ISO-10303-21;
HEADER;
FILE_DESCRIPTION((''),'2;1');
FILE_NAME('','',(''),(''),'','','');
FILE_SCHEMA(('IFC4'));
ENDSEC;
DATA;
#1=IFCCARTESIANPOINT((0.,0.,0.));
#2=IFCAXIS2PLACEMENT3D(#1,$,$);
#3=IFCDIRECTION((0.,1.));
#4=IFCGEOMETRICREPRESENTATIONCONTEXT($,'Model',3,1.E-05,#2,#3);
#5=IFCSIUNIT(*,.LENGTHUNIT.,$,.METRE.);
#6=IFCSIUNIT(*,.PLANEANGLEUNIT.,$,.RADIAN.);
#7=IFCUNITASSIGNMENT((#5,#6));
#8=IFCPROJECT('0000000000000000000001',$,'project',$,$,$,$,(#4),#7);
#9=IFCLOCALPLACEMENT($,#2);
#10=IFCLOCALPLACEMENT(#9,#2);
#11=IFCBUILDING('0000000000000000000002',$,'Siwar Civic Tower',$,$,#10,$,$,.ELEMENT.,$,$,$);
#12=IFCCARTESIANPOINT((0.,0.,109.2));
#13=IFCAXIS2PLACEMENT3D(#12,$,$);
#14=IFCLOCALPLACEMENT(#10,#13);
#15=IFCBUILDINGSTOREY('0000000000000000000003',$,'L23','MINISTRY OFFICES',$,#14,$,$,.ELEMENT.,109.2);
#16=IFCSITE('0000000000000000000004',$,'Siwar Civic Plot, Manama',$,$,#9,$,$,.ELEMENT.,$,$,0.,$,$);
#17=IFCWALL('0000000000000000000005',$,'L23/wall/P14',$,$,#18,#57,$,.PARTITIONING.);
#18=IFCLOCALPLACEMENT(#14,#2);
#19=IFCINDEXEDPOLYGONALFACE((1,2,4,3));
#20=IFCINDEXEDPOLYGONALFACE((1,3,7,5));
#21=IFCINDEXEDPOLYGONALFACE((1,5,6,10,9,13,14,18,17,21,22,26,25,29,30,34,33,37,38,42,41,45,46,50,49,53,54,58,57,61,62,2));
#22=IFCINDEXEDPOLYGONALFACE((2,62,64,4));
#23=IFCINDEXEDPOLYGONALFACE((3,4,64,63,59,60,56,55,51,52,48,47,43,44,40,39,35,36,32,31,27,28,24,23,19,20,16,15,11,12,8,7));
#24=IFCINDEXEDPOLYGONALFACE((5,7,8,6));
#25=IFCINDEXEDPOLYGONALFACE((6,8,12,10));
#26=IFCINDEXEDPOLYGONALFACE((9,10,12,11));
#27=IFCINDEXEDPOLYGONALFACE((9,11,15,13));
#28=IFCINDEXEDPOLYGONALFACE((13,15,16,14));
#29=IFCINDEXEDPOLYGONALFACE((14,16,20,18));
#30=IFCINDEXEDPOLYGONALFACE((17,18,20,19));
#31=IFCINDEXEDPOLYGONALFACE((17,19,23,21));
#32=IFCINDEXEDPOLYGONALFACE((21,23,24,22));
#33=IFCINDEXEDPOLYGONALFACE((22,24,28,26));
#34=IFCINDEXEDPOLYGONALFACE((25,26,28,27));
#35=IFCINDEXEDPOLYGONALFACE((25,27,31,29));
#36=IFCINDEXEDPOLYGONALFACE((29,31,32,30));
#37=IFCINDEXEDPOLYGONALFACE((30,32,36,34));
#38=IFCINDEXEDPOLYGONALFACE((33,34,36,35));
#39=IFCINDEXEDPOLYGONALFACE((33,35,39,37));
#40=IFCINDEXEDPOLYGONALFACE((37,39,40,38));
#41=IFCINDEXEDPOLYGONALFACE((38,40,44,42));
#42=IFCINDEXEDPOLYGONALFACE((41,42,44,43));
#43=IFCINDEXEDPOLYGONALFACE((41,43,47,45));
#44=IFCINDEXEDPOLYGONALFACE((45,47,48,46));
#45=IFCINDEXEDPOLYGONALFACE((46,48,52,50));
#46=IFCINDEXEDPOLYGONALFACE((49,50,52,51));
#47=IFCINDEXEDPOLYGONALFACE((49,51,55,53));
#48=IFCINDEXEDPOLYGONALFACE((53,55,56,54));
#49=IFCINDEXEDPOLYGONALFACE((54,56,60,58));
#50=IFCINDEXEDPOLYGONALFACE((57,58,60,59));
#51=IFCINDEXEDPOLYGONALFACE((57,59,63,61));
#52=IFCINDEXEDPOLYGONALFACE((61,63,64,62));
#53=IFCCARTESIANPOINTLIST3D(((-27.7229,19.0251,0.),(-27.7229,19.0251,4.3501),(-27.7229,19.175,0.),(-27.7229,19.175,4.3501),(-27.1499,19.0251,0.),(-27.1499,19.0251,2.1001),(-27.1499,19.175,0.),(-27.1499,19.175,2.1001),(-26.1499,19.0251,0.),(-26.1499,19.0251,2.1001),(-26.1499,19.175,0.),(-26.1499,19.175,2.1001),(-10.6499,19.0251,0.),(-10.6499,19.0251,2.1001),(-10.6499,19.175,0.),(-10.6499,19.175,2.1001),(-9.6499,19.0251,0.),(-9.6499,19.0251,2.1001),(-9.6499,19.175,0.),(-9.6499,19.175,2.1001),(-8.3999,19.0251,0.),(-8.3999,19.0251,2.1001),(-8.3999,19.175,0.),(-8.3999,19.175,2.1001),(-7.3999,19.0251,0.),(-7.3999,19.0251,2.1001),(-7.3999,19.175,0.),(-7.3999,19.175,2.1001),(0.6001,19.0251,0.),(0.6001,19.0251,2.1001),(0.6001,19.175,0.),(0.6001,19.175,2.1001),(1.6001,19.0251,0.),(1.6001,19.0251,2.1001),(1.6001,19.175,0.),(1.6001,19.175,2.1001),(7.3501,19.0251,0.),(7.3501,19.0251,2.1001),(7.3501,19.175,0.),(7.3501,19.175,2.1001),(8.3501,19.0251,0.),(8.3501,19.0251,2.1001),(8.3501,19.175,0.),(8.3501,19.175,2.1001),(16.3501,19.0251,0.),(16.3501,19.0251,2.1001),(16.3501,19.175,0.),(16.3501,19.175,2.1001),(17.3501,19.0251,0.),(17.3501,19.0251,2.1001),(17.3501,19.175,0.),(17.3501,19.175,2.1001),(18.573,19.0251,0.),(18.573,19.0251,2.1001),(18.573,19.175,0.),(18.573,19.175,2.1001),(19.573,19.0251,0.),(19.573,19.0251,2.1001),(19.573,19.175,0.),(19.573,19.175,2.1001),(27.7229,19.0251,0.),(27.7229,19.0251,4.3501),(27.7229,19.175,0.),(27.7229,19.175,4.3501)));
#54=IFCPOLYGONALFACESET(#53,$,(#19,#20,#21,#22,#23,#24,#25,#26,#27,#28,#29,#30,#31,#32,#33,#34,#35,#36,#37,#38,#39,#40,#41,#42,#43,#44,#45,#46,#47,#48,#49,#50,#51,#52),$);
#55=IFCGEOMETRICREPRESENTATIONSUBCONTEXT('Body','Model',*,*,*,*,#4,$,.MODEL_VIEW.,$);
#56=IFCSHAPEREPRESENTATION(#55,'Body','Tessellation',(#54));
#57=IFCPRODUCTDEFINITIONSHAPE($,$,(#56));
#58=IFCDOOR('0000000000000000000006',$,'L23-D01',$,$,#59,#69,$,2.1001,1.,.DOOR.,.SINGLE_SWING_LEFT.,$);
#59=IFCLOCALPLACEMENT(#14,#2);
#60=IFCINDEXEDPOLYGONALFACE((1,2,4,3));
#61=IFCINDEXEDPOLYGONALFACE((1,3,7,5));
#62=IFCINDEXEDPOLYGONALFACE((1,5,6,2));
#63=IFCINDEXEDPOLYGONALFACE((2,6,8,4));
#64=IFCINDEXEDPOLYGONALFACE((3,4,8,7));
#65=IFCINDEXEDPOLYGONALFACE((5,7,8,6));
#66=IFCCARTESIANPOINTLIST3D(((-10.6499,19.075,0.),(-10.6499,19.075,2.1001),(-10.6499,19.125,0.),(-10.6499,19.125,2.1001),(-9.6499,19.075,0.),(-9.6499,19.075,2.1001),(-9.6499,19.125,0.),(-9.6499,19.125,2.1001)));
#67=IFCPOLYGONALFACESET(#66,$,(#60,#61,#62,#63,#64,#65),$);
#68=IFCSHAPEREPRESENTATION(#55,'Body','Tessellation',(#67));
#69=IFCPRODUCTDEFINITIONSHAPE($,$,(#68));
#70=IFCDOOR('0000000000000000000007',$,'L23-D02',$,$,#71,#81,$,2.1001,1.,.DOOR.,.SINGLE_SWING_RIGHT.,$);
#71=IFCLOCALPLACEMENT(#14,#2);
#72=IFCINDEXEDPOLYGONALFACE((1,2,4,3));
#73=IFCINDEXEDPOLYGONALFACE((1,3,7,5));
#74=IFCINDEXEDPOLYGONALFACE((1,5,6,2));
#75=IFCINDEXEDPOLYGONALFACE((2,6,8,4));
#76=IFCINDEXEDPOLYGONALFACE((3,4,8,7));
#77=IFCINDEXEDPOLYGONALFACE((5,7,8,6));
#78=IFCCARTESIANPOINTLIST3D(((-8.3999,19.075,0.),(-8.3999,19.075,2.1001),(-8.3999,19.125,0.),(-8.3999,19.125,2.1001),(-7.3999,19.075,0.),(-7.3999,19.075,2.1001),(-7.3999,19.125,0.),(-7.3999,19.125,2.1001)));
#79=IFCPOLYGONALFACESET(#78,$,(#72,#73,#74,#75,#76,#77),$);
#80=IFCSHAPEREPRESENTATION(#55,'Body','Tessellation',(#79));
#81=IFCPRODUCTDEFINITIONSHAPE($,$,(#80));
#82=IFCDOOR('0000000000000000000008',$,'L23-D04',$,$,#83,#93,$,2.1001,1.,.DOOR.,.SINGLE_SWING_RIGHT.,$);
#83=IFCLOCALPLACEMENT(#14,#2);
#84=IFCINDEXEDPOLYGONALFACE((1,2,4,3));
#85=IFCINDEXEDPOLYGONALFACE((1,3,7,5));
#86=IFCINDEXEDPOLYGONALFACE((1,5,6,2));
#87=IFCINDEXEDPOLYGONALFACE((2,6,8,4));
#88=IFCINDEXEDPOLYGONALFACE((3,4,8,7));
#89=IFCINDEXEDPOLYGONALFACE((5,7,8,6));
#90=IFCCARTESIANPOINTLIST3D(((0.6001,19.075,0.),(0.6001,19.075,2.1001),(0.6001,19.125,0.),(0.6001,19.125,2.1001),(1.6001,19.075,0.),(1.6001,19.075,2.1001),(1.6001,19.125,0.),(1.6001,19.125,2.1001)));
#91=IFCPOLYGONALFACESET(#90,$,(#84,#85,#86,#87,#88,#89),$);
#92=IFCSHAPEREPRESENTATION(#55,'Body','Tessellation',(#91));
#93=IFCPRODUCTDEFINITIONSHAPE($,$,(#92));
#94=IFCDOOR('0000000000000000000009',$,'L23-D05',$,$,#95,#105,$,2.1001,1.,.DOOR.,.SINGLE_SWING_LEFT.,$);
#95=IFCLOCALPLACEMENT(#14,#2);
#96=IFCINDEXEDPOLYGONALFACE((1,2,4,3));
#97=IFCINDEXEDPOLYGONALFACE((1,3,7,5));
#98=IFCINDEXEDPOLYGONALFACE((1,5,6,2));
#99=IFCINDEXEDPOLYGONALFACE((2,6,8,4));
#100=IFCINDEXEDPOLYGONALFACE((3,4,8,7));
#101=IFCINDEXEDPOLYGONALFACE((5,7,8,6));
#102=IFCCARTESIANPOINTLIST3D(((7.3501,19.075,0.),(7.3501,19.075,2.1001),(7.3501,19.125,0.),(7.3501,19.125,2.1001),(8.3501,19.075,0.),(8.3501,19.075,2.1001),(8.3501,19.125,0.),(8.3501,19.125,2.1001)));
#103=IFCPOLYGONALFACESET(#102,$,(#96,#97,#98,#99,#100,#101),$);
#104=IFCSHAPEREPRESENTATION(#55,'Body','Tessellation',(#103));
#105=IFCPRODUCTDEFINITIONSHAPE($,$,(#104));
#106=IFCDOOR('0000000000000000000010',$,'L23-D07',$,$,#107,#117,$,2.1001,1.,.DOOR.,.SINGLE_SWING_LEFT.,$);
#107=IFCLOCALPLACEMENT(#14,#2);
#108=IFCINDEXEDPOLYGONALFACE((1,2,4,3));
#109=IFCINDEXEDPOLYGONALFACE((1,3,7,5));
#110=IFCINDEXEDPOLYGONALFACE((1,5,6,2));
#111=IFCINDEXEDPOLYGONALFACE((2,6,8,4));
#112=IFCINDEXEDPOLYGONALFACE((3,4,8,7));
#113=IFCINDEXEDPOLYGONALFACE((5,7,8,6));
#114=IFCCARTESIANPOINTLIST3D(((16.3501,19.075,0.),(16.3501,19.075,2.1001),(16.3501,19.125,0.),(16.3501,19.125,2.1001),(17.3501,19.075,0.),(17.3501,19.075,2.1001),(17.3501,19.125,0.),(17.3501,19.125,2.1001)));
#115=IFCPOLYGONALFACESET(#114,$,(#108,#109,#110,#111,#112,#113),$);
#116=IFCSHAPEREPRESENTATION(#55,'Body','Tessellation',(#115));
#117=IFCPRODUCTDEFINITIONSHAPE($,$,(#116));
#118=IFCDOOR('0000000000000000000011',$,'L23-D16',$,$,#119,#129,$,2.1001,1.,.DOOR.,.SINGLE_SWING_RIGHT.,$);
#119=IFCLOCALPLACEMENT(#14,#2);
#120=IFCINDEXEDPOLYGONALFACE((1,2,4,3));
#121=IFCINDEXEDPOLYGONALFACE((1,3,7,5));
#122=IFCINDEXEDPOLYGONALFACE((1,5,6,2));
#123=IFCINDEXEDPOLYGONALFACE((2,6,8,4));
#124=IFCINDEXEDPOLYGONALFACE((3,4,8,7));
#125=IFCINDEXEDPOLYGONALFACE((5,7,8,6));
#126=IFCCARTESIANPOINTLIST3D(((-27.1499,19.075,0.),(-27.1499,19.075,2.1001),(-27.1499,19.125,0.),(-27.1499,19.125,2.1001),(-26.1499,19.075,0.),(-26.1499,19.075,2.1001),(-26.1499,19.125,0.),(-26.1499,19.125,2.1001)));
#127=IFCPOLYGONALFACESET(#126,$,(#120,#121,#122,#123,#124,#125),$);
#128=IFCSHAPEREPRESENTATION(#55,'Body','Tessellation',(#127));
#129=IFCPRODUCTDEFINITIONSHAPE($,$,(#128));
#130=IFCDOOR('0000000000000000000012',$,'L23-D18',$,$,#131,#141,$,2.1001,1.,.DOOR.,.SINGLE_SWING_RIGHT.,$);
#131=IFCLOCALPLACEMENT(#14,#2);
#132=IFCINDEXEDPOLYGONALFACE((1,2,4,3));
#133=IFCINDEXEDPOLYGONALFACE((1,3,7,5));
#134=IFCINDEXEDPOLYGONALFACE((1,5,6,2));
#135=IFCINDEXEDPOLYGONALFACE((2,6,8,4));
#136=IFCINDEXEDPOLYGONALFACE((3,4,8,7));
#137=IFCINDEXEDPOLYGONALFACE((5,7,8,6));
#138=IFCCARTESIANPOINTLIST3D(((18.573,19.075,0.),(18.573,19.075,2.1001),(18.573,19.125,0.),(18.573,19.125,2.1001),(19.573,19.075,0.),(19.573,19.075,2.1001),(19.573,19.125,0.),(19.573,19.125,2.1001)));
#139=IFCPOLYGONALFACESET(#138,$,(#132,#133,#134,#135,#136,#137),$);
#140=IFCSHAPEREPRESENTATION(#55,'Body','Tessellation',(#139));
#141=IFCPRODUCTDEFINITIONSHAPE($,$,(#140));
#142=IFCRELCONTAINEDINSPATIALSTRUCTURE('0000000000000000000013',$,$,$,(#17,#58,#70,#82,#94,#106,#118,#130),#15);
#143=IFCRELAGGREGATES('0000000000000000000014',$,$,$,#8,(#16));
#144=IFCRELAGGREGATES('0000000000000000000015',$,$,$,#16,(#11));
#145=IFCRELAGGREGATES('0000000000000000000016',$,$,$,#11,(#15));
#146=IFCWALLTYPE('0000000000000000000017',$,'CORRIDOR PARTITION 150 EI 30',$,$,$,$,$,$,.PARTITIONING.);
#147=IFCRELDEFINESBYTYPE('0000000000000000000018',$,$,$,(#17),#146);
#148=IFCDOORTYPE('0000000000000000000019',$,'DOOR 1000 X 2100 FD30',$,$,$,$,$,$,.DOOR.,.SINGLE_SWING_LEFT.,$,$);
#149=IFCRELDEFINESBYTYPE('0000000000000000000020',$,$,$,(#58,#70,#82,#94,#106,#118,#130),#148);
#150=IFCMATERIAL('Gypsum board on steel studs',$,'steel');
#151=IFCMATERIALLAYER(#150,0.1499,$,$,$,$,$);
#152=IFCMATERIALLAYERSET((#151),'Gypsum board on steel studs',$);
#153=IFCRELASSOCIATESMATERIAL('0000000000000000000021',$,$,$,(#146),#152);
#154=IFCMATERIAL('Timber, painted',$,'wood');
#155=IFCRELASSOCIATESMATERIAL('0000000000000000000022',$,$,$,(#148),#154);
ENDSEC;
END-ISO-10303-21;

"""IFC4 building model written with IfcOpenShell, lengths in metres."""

from ifc_helpers import new_model, si_unit, direction, frame, frame_2d, origin, place, context, subcontext, project, spatial, rectangle, extrude, material, layer, layer_set, type_object, element, fill, save


model = new_model("IFC4")

# Units and contexts
model_context = context("Model", 3, precision=1e-05, world=origin(), true_north=direction((0.0, 1.0)))
body_context = subcontext(model_context, "Body", "Model", "MODEL_VIEW")
ifc_project = project(units=[si_unit("LENGTHUNIT", "METRE"), si_unit("PLANEANGLEUNIT", "RADIAN")], contexts=[model_context])

# Site, building, storey
site_placement = place(None, origin())
site = spatial("IfcSite", under=ifc_project, at=site_placement, Name="Siwar Civic Plot, Manama", CompositionType="ELEMENT", RefElevation=0.0)
building_placement = place(site_placement, origin())
building = spatial("IfcBuilding", under=site, at=building_placement, Name="Siwar Civic Tower", CompositionType="ELEMENT")
storey_placement = place(building_placement, frame((0.0, 0.0, 109.2)))
storey = spatial("IfcBuildingStorey", under=building, at=storey_placement, Name="L23", Description="MINISTRY OFFICES", CompositionType="ELEMENT", Elevation=109.2)

# Wall, openings, doors
ifc_material_1 = material(Name="Gypsum board on steel studs", Category="steel")
ifc_layer_1 = layer(ifc_material_1, 0.1499)
ifc_layer_set_1 = layer_set([ifc_layer_1], Name="Gypsum board on steel studs")
wall_type_1 = type_object("IfcWallType", Name="CORRIDOR PARTITION 150 EI 30", PredefinedType="PARTITIONING", material=ifc_layer_set_1)
wall_1_placement = place(storey_placement, frame((-27.7229, 19.1001, 0.0), z_axis=(0.0, 0.0, 1.0), x_axis=(1.0, 0.0, 0.0)))
wall_1 = element("IfcWall", 1, at=wall_1_placement, inside=storey, type_object=wall_type_1, Name="L23/wall/P14", PredefinedType="PARTITIONING", context=body_context, shape_type="SweptSolid", body=[
    extrude(rectangle(XDim=55.4458, YDim=0.1499, at=frame_2d((27.7229, 0.0))), origin(), (0.0, 0.0, 1.0), 4.3501),
])
opening_1_placement = place(wall_1_placement, frame((17.073, 0.0, 0.0)))
opening_1 = element("IfcOpeningElement", 2, at=opening_1_placement, cuts=wall_1, PredefinedType="OPENING", context=body_context, shape_type="SweptSolid", body=[
    extrude(rectangle(XDim=1.0, YDim=2.1001, at=frame_2d((0.5, 1.05))), frame((0.0, 0.085, 0.0), z_axis=(0.0, -1.0, 0.0), x_axis=(1.0, 0.0, 0.0)), (0.0, 0.0, 1.0), 0.1699),
])
opening_2_placement = place(wall_1_placement, frame((19.323, 0.0, 0.0)))
opening_2 = element("IfcOpeningElement", 3, at=opening_2_placement, cuts=wall_1, PredefinedType="OPENING", context=body_context, shape_type="SweptSolid", body=[
    extrude(rectangle(XDim=1.0, YDim=2.1001, at=frame_2d((0.5, 1.05))), frame((0.0, 0.085, 0.0), z_axis=(0.0, -1.0, 0.0), x_axis=(1.0, 0.0, 0.0)), (0.0, 0.0, 1.0), 0.1699),
])
opening_3_placement = place(wall_1_placement, frame((28.323, 0.0, 0.0)))
opening_3 = element("IfcOpeningElement", 4, at=opening_3_placement, cuts=wall_1, PredefinedType="OPENING", context=body_context, shape_type="SweptSolid", body=[
    extrude(rectangle(XDim=1.0, YDim=2.1001, at=frame_2d((0.5, 1.05))), frame((0.0, 0.085, 0.0), z_axis=(0.0, -1.0, 0.0), x_axis=(1.0, 0.0, 0.0)), (0.0, 0.0, 1.0), 0.1699),
])
opening_4_placement = place(wall_1_placement, frame((35.073, 0.0, 0.0)))
opening_4 = element("IfcOpeningElement", 5, at=opening_4_placement, cuts=wall_1, PredefinedType="OPENING", context=body_context, shape_type="SweptSolid", body=[
    extrude(rectangle(XDim=1.0, YDim=2.1001, at=frame_2d((0.5, 1.05))), frame((0.0, 0.085, 0.0), z_axis=(0.0, -1.0, 0.0), x_axis=(1.0, 0.0, 0.0)), (0.0, 0.0, 1.0), 0.1699),
])
opening_5_placement = place(wall_1_placement, frame((44.073, 0.0, 0.0)))
opening_5 = element("IfcOpeningElement", 6, at=opening_5_placement, cuts=wall_1, PredefinedType="OPENING", context=body_context, shape_type="SweptSolid", body=[
    extrude(rectangle(XDim=1.0, YDim=2.1001, at=frame_2d((0.5, 1.05))), frame((0.0, 0.085, 0.0), z_axis=(0.0, -1.0, 0.0), x_axis=(1.0, 0.0, 0.0)), (0.0, 0.0, 1.0), 0.1699),
])
opening_6_placement = place(wall_1_placement, frame((0.573, 0.0, 0.0)))
opening_6 = element("IfcOpeningElement", 7, at=opening_6_placement, cuts=wall_1, PredefinedType="OPENING", context=body_context, shape_type="SweptSolid", body=[
    extrude(rectangle(XDim=1.0, YDim=2.1001, at=frame_2d((0.5, 1.05))), frame((0.0, 0.085, 0.0), z_axis=(0.0, -1.0, 0.0), x_axis=(1.0, 0.0, 0.0)), (0.0, 0.0, 1.0), 0.1699),
])
opening_7_placement = place(wall_1_placement, frame((46.2959, 0.0, 0.0)))
opening_7 = element("IfcOpeningElement", 8, at=opening_7_placement, cuts=wall_1, PredefinedType="OPENING", context=body_context, shape_type="SweptSolid", body=[
    extrude(rectangle(XDim=1.0, YDim=2.1001, at=frame_2d((0.5, 1.05))), frame((0.0, 0.085, 0.0), z_axis=(0.0, -1.0, 0.0), x_axis=(1.0, 0.0, 0.0)), (0.0, 0.0, 1.0), 0.1699),
])
ifc_material_2 = material(Name="Timber, painted", Category="wood")
door_type_1 = type_object("IfcDoorType", Name="DOOR 1000 X 2100 FD30", OperationType="SINGLE_SWING_LEFT", PredefinedType="DOOR", material=ifc_material_2)
door_1_placement = place(opening_1_placement, origin())
door_1 = element("IfcDoor", 9, at=door_1_placement, inside=storey, type_object=door_type_1, Name="L23-D01", OperationType="SINGLE_SWING_LEFT", OverallHeight=2.1001, OverallWidth=1.0, PredefinedType="DOOR", context=body_context, shape_type="SweptSolid", body=[
    extrude(rectangle(XDim=1.0, YDim=2.1001, at=frame_2d((0.5, 1.05))), frame((0.0, 0.0249, 0.0), z_axis=(0.0, -1.0, 0.0), x_axis=(1.0, 0.0, 0.0)), (0.0, 0.0, 1.0), 0.05),
])
fill(opening_1, door_1)
door_2_placement = place(opening_2_placement, origin())
door_2 = element("IfcDoor", 10, at=door_2_placement, inside=storey, type_object=door_type_1, Name="L23-D02", OperationType="SINGLE_SWING_RIGHT", OverallHeight=2.1001, OverallWidth=1.0, PredefinedType="DOOR", context=body_context, shape_type="SweptSolid", body=[
    extrude(rectangle(XDim=1.0, YDim=2.1001, at=frame_2d((0.5, 1.05))), frame((0.0, 0.0249, 0.0), z_axis=(0.0, -1.0, 0.0), x_axis=(1.0, 0.0, 0.0)), (0.0, 0.0, 1.0), 0.05),
])
fill(opening_2, door_2)
door_3_placement = place(opening_3_placement, origin())
door_3 = element("IfcDoor", 11, at=door_3_placement, inside=storey, type_object=door_type_1, Name="L23-D04", OperationType="SINGLE_SWING_RIGHT", OverallHeight=2.1001, OverallWidth=1.0, PredefinedType="DOOR", context=body_context, shape_type="SweptSolid", body=[
    extrude(rectangle(XDim=1.0, YDim=2.1001, at=frame_2d((0.5, 1.05))), frame((0.0, 0.0249, 0.0), z_axis=(0.0, -1.0, 0.0), x_axis=(1.0, 0.0, 0.0)), (0.0, 0.0, 1.0), 0.05),
])
fill(opening_3, door_3)
door_4_placement = place(opening_4_placement, origin())
door_4 = element("IfcDoor", 12, at=door_4_placement, inside=storey, type_object=door_type_1, Name="L23-D05", OperationType="SINGLE_SWING_LEFT", OverallHeight=2.1001, OverallWidth=1.0, PredefinedType="DOOR", context=body_context, shape_type="SweptSolid", body=[
    extrude(rectangle(XDim=1.0, YDim=2.1001, at=frame_2d((0.5, 1.05))), frame((0.0, 0.0249, 0.0), z_axis=(0.0, -1.0, 0.0), x_axis=(1.0, 0.0, 0.0)), (0.0, 0.0, 1.0), 0.05),
])
fill(opening_4, door_4)
door_5_placement = place(opening_5_placement, origin())
door_5 = element("IfcDoor", 13, at=door_5_placement, inside=storey, type_object=door_type_1, Name="L23-D07", OperationType="SINGLE_SWING_LEFT", OverallHeight=2.1001, OverallWidth=1.0, PredefinedType="DOOR", context=body_context, shape_type="SweptSolid", body=[
    extrude(rectangle(XDim=1.0, YDim=2.1001, at=frame_2d((0.5, 1.05))), frame((0.0, 0.0249, 0.0), z_axis=(0.0, -1.0, 0.0), x_axis=(1.0, 0.0, 0.0)), (0.0, 0.0, 1.0), 0.05),
])
fill(opening_5, door_5)
door_6_placement = place(opening_6_placement, origin())
door_6 = element("IfcDoor", 14, at=door_6_placement, inside=storey, type_object=door_type_1, Name="L23-D16", OperationType="SINGLE_SWING_RIGHT", OverallHeight=2.1001, OverallWidth=1.0, PredefinedType="DOOR", context=body_context, shape_type="SweptSolid", body=[
    extrude(rectangle(XDim=1.0, YDim=2.1001, at=frame_2d((0.5, 1.05))), frame((0.0, 0.0249, 0.0), z_axis=(0.0, -1.0, 0.0), x_axis=(1.0, 0.0, 0.0)), (0.0, 0.0, 1.0), 0.05),
])
fill(opening_6, door_6)
door_7_placement = place(opening_7_placement, origin())
door_7 = element("IfcDoor", 15, at=door_7_placement, inside=storey, type_object=door_type_1, Name="L23-D18", OperationType="SINGLE_SWING_RIGHT", OverallHeight=2.1001, OverallWidth=1.0, PredefinedType="DOOR", context=body_context, shape_type="SweptSolid", body=[
    extrude(rectangle(XDim=1.0, YDim=2.1001, at=frame_2d((0.5, 1.05))), frame((0.0, 0.0249, 0.0), z_axis=(0.0, -1.0, 0.0), x_axis=(1.0, 0.0, 0.0)), (0.0, 0.0, 1.0), 0.05),
])
fill(opening_7, door_7)

save(model, "model.ifc")
